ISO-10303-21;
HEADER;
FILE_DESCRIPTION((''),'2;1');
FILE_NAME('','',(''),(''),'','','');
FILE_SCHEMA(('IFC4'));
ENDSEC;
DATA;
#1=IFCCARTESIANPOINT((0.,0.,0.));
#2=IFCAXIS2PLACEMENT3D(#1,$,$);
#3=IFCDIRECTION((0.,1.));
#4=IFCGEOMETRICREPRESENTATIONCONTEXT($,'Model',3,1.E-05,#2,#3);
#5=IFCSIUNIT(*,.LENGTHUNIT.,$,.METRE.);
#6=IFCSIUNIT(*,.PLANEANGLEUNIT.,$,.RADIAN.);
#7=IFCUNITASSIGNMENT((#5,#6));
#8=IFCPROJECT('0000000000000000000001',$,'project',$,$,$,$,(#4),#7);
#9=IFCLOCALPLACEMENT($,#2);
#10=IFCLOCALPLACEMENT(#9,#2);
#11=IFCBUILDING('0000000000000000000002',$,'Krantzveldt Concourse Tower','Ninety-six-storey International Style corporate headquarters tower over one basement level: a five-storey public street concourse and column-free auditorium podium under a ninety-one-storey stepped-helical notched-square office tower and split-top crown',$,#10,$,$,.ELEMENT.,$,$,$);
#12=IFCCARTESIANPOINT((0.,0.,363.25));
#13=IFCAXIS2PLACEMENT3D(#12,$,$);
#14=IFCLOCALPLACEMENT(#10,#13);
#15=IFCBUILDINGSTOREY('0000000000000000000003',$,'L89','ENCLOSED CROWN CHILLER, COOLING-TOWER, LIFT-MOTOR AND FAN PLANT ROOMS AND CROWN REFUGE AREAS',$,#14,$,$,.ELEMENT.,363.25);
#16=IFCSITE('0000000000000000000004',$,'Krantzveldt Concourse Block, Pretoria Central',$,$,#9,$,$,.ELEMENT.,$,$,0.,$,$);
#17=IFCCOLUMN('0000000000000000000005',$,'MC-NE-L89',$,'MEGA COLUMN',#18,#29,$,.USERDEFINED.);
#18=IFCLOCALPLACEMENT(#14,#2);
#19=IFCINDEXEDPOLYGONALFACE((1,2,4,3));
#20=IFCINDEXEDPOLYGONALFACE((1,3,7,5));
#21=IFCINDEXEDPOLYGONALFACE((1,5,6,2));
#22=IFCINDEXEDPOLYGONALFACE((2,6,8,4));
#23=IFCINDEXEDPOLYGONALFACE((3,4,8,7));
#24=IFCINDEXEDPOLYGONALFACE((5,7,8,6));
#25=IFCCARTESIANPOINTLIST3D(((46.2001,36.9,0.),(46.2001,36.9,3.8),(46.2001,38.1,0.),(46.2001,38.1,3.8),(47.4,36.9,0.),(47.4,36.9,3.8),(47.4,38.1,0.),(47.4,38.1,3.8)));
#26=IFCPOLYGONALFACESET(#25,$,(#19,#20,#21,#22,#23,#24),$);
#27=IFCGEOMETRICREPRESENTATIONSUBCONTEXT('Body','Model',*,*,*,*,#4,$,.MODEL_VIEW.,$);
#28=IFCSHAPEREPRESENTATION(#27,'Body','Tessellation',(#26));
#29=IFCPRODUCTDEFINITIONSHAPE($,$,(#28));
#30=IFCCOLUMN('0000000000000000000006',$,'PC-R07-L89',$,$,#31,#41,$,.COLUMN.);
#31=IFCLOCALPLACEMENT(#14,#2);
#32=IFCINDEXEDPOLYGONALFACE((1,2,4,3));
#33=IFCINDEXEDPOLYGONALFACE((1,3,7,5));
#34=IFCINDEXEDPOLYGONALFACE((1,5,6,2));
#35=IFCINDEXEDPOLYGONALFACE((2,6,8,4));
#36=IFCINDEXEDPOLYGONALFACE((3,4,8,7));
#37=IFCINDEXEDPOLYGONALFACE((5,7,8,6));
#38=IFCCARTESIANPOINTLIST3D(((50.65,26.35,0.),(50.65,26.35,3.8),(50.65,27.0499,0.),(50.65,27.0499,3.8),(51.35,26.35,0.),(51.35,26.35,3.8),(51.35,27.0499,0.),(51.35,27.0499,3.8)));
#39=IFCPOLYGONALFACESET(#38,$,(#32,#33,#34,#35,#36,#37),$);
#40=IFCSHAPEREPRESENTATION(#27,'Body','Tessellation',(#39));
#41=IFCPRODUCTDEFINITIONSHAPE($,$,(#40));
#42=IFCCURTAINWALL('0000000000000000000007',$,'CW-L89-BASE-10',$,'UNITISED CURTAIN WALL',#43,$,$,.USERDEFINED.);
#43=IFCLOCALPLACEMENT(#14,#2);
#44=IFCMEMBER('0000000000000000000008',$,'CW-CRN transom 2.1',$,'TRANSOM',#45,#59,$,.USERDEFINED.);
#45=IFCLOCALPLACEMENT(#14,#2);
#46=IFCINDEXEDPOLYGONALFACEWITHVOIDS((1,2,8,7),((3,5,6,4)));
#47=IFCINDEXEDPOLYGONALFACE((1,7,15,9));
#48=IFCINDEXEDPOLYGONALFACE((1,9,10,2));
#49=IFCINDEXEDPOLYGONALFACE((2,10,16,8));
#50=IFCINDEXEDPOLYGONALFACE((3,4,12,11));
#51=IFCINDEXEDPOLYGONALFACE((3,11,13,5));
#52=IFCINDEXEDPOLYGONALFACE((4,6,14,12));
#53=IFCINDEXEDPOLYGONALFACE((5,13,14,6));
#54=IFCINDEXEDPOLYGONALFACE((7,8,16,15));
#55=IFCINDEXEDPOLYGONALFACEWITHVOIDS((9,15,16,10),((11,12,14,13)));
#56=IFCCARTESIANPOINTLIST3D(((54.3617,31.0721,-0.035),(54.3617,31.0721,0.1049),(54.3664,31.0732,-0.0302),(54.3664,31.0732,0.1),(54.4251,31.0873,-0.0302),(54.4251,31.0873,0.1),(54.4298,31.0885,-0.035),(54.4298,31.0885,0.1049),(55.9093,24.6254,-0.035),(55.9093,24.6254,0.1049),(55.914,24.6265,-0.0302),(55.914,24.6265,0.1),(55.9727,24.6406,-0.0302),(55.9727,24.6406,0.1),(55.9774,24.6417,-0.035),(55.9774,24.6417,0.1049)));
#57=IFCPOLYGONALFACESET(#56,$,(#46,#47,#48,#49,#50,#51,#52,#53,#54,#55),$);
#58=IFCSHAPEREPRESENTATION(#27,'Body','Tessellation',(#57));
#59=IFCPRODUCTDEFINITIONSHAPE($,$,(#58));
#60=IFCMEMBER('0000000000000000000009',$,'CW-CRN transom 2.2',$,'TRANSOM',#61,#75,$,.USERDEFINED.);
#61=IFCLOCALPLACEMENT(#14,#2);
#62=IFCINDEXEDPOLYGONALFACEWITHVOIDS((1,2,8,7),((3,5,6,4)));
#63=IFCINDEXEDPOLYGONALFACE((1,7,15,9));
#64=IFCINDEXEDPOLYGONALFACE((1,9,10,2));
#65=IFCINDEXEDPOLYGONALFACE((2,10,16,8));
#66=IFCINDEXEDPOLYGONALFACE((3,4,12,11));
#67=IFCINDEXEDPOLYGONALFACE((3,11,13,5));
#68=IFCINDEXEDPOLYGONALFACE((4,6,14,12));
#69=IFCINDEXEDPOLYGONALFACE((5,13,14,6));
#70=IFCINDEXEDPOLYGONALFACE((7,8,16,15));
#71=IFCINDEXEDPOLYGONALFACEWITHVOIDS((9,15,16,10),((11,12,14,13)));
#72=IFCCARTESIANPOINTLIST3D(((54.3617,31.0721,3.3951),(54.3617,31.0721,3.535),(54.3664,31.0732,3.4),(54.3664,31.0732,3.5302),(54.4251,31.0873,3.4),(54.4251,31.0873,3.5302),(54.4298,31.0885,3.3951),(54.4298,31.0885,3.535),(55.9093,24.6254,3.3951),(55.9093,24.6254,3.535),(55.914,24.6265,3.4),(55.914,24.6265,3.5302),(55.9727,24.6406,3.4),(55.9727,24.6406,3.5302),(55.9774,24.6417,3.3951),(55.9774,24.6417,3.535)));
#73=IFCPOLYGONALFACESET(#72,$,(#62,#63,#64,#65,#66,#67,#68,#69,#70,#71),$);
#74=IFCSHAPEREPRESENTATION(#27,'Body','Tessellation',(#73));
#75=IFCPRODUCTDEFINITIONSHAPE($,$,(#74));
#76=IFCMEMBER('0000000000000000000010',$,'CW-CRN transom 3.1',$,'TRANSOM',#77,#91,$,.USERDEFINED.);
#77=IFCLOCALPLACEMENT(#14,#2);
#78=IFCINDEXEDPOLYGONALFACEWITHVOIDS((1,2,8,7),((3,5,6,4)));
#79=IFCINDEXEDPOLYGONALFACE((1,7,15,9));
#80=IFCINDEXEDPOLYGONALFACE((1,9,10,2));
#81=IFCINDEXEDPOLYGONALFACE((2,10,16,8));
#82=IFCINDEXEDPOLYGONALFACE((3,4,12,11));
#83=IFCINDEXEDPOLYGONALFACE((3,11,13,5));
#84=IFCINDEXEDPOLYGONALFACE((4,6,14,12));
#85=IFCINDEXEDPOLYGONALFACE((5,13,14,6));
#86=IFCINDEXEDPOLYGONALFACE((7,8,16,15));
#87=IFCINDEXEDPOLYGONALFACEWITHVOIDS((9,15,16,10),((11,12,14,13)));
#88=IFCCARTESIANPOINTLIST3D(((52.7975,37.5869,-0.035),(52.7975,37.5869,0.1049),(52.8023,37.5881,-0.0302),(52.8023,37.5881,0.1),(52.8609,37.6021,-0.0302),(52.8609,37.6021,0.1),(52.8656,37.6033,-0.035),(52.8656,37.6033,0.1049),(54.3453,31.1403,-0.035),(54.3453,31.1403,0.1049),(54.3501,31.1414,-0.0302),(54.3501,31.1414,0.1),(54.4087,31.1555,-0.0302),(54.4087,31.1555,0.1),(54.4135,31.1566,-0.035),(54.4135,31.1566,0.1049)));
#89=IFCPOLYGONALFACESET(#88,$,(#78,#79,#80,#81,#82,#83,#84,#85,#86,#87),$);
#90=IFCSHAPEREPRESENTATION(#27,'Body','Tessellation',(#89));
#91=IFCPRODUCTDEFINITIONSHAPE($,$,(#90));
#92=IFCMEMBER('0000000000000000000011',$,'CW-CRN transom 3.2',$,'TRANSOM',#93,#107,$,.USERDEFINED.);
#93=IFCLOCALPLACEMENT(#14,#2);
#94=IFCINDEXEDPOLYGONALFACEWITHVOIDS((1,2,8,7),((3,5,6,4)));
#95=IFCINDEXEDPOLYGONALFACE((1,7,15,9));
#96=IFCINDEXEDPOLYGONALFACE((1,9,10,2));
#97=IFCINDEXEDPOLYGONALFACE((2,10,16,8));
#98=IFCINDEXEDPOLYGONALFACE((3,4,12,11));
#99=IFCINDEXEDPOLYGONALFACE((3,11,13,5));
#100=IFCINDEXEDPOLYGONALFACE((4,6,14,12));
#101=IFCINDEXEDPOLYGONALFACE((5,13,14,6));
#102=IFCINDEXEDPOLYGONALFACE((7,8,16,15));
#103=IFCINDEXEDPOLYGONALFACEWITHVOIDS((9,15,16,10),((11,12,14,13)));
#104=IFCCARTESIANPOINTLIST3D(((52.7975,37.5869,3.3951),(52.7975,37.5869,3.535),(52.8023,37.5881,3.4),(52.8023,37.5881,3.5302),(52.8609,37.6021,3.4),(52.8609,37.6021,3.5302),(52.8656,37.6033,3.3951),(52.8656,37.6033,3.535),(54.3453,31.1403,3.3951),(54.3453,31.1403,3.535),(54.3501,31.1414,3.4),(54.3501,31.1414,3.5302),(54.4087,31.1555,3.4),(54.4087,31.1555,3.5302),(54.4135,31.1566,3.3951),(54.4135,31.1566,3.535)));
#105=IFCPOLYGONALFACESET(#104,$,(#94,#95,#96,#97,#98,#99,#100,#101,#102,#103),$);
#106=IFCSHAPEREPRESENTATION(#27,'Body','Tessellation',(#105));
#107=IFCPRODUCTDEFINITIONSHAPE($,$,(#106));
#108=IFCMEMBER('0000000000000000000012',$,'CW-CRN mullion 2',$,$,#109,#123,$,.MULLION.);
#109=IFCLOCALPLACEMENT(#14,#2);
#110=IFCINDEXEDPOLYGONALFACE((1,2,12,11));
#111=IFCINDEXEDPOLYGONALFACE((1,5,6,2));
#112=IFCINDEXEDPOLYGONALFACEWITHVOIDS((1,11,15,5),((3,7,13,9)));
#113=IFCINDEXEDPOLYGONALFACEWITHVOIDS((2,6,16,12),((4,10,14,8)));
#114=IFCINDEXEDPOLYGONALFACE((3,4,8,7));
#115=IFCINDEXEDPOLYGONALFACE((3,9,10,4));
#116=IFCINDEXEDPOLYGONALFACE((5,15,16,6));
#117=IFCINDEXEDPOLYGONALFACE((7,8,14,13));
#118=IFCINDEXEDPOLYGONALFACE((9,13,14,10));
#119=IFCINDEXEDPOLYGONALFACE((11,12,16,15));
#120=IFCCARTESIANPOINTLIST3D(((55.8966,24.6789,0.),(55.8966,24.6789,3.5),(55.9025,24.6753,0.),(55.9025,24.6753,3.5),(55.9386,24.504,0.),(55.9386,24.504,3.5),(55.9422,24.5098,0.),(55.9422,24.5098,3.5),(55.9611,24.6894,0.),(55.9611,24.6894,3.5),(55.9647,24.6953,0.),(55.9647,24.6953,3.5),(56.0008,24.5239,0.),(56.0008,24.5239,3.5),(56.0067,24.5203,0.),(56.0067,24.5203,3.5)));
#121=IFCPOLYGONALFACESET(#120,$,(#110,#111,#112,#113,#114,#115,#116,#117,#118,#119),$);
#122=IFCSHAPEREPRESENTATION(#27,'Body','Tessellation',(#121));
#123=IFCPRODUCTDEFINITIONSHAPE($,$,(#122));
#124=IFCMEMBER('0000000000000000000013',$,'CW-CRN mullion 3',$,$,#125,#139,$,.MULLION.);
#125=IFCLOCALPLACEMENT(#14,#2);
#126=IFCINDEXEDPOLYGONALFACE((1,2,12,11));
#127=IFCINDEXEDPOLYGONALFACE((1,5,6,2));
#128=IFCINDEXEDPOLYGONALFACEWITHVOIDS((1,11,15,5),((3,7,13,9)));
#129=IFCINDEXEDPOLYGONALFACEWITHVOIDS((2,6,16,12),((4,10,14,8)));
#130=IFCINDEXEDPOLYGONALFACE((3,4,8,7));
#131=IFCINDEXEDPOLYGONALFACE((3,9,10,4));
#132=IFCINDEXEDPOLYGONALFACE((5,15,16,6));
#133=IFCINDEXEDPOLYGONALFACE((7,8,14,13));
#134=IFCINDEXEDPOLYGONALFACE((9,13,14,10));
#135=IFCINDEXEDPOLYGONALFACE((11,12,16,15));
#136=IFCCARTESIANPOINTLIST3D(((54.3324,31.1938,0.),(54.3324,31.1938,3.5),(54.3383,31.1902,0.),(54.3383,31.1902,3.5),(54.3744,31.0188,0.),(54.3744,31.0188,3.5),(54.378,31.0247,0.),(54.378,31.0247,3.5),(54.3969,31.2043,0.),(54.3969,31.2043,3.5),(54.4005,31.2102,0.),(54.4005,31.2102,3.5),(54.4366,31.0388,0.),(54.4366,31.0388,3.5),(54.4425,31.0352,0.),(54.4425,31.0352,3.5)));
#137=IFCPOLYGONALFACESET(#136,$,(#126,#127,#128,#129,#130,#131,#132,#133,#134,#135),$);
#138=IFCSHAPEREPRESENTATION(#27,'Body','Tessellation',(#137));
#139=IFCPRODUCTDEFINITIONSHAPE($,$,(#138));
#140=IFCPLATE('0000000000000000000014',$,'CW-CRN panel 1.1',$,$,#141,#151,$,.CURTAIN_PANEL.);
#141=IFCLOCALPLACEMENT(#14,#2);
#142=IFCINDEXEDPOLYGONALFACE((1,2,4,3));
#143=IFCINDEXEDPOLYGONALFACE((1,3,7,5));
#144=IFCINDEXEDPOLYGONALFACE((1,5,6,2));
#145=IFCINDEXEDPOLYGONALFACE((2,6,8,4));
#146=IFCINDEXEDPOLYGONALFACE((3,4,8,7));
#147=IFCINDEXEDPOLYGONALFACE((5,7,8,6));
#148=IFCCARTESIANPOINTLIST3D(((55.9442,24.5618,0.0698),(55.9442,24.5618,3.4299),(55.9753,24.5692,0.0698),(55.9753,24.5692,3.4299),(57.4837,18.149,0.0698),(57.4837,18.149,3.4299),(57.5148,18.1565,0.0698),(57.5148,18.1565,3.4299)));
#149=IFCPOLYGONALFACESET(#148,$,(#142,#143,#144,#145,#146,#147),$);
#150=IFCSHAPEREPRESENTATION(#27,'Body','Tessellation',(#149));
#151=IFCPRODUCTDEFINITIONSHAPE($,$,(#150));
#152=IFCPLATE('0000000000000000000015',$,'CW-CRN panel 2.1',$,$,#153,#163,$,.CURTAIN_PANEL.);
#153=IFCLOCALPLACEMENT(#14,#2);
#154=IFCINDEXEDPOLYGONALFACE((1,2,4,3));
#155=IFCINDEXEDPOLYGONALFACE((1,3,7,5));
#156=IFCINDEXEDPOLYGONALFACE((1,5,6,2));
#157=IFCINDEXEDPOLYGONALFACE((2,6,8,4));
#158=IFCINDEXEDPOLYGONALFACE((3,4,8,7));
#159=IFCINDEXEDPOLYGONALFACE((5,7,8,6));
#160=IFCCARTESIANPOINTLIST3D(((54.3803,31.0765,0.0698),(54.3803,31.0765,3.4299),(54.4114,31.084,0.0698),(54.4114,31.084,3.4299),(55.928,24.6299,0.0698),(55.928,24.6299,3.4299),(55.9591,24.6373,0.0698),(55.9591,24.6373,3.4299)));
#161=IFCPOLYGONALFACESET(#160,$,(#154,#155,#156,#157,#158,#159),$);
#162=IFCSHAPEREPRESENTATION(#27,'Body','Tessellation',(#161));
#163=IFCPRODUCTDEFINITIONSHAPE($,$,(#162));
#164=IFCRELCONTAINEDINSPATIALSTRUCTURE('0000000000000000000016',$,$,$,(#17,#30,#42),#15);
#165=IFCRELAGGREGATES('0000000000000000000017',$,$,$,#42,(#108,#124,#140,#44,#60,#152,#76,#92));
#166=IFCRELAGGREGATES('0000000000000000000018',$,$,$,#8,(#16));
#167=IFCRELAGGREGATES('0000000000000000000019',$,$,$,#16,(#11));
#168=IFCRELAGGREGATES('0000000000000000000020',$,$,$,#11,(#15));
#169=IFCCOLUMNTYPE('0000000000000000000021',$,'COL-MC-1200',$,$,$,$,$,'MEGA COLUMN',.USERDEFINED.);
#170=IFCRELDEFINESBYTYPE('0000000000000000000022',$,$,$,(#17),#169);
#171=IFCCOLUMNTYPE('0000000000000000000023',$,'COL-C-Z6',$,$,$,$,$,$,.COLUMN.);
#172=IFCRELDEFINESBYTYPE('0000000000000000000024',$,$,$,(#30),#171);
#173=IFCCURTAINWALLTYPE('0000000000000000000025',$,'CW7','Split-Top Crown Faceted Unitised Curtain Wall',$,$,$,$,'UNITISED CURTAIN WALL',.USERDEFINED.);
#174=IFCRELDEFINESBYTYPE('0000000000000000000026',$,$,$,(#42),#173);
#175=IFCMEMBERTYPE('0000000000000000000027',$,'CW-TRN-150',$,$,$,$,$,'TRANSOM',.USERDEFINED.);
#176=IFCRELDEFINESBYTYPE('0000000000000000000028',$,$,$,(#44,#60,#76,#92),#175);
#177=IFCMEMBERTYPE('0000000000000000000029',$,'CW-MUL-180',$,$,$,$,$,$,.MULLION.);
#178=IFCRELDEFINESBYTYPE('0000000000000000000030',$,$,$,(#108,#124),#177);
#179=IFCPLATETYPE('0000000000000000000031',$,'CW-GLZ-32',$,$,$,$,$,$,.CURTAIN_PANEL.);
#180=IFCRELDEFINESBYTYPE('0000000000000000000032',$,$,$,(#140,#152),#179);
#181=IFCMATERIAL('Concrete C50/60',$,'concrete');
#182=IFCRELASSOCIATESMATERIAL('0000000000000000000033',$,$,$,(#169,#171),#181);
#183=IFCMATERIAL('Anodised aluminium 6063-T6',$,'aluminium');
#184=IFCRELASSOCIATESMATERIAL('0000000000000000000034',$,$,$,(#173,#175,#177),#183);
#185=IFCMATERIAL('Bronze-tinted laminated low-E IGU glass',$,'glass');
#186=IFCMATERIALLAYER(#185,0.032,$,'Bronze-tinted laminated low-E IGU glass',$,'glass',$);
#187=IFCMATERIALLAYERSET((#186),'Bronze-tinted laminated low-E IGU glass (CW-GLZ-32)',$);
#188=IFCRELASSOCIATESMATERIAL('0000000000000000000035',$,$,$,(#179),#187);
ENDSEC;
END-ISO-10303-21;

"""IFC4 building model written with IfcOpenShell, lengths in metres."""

from ifc_helpers import new_model, si_unit, direction, frame, origin, origin_2d, place, context, subcontext, project, spatial, rectangle, hollow_rectangle, extrude, source, transform, mapped, material, layer, layer_set, material_profile, profile_set, type_object, type_shapes, element, aggregate, save


model = new_model("IFC4")

# Units and contexts
model_context = context("Model", 3, precision=1e-05, world=origin(), true_north=direction((0.0, 1.0)))
body_context = subcontext(model_context, "Body", "Model", "MODEL_VIEW")
ifc_project = project(units=[si_unit("LENGTHUNIT", "METRE"), si_unit("PLANEANGLEUNIT", "RADIAN")], contexts=[model_context])

# Site, building, storey
site_placement = place(None, origin())
site = spatial("IfcSite", under=ifc_project, at=site_placement, Name="Krantzveldt Concourse Block, Pretoria Central", CompositionType="ELEMENT", RefElevation=0.0)
building_placement = place(site_placement, origin())
building = spatial("IfcBuilding", under=site, at=building_placement, Name="Krantzveldt Concourse Tower", Description="Ninety-six-storey International Style corporate headquarters tower over one basement level: a five-storey public street concourse and column-free auditorium podium under a ninety-one-storey stepped-helical notched-square office tower and split-top crown", CompositionType="ELEMENT")
storey_placement = place(building_placement, frame((0.0, 0.0, 363.25)))
storey = spatial("IfcBuildingStorey", under=building, at=storey_placement, Name="L89", Description="ENCLOSED CROWN CHILLER, COOLING-TOWER, LIFT-MOTOR AND FAN PLANT ROOMS AND CROWN REFUGE AREAS", CompositionType="ELEMENT", Elevation=363.25)

# Columns
ifc_material_1 = material(Name="Concrete C50/60", Category="concrete")
ifc_material_profile_1 = material_profile(ifc_material_1, rectangle(XDim=1.2, YDim=1.2, at=origin_2d()), Name="Concrete C50/60", Category="concrete")
ifc_profile_set_1 = profile_set([ifc_material_profile_1], Name="Concrete C50/60 - RC 1200x1200")
column_type_1 = type_object("IfcColumnType", Name="COL-MC-1200", ElementType="MEGA COLUMN", PredefinedType="USERDEFINED", material=ifc_profile_set_1)
shared_shape_1 = source(origin(), body_context, "Body", "SweptSolid", [
    extrude(rectangle(XDim=1.2, YDim=1.2, at=origin_2d()), origin(), (0.0, 0.0, 1.0), 3.8),
])
type_shapes(column_type_1, [shared_shape_1])
column_1_placement = place(storey_placement, frame((46.8, 37.5, 0.0), z_axis=(0.0, 0.0, 1.0), x_axis=(1.0, 0.0, 0.0)))
element("IfcColumn", 1, at=column_1_placement, inside=storey, type_object=column_type_1, Name="MC-NE-L89", ObjectType="MEGA COLUMN", PredefinedType="USERDEFINED", context=body_context, shape_type="MappedRepresentation", body=[
    mapped(shared_shape_1, transform((0.0, 0.0, 0.0), x_axis=(1.0, 0.0, 0.0), y_axis=(0.0, 1.0, 0.0), z_axis=(0.0, 0.0, 1.0), scale=1.0)),
])
ifc_material_profile_2 = material_profile(ifc_material_1, rectangle(XDim=0.7, YDim=0.7, at=origin_2d()), Name="Concrete C50/60", Category="concrete")
ifc_profile_set_2 = profile_set([ifc_material_profile_2], Name="Concrete C50/60 - RC 700x700")
column_type_2 = type_object("IfcColumnType", Name="COL-C-Z6", PredefinedType="COLUMN", material=ifc_profile_set_2)
shared_shape_2 = source(origin(), body_context, "Body", "SweptSolid", [
    extrude(rectangle(XDim=0.7, YDim=0.7, at=origin_2d()), origin(), (0.0, 0.0, 1.0), 3.8),
])
type_shapes(column_type_2, [shared_shape_2])
column_2_placement = place(storey_placement, frame((51.0, 26.7, 0.0), z_axis=(0.0, 0.0, 1.0), x_axis=(1.0, 0.0, 0.0)))
element("IfcColumn", 2, at=column_2_placement, inside=storey, type_object=column_type_2, Name="PC-R07-L89", PredefinedType="COLUMN", context=body_context, shape_type="MappedRepresentation", body=[
    mapped(shared_shape_2, transform((0.0, 0.0, 0.0), x_axis=(1.0, 0.0, 0.0), y_axis=(0.0, 1.0, 0.0), z_axis=(0.0, 0.0, 1.0), scale=1.0)),
])

# Curtain wall, members, plates
ifc_material_2 = material(Name="Anodised aluminium 6063-T6", Category="aluminium")
curtain_wall_type = type_object("IfcCurtainWallType", Name="CW7", Description="Split-Top Crown Faceted Unitised Curtain Wall", ElementType="UNITISED CURTAIN WALL", PredefinedType="USERDEFINED", material=ifc_material_2)
curtain_wall_placement = place(storey_placement, origin())
curtain_wall = element("IfcCurtainWall", 3, at=curtain_wall_placement, inside=storey, type_object=curtain_wall_type, Name="CW-L89-BASE-10", ObjectType="UNITISED CURTAIN WALL", PredefinedType="USERDEFINED")
ifc_material_profile_3 = material_profile(ifc_material_2, hollow_rectangle(XDim=0.0701, YDim=0.1399, WallThickness=0.0049, at=origin_2d()), Name="Anodised aluminium 6063-T6", Category="aluminium")
ifc_profile_set_3 = profile_set([ifc_material_profile_3], Name="Anodised aluminium 6063-T6 - ALU-TRAN 140x70x5")
member_type_1 = type_object("IfcMemberType", Name="CW-TRN-150", ElementType="TRANSOM", PredefinedType="USERDEFINED", material=ifc_profile_set_3)
shared_shape_3 = source(origin(), body_context, "Body", "SweptSolid", [
    extrude(hollow_rectangle(XDim=0.0701, YDim=0.1399, WallThickness=0.0049, at=origin_2d()), origin(), (0.0, 0.0, 1.0), 6.6299),
])
type_shapes(member_type_1, [shared_shape_3])
member_1_placement = place(storey_placement, frame((55.9434, 24.6335, 0.0349), z_axis=(-0.233427, 0.972374, 0.0), x_axis=(-0.972374, -0.233427, 0.0)))
member_1 = element("IfcMember", 4, at=member_1_placement, type_object=member_type_1, Name="CW-CRN transom 2.1", ObjectType="TRANSOM", PredefinedType="USERDEFINED", context=body_context, shape_type="MappedRepresentation", body=[
    mapped(shared_shape_3, transform((0.0, 0.0, 0.0), x_axis=(1.0, 0.0, 0.0), y_axis=(0.0, 1.0, 0.0), z_axis=(0.0, 0.0, 1.0), scale=1.0)),
])
member_2_placement = place(storey_placement, frame((55.9434, 24.6335, 3.4651), z_axis=(-0.233427, 0.972374, 0.0), x_axis=(-0.972374, -0.233427, 0.0)))
member_2 = element("IfcMember", 5, at=member_2_placement, type_object=member_type_1, Name="CW-CRN transom 2.2", ObjectType="TRANSOM", PredefinedType="USERDEFINED", context=body_context, shape_type="MappedRepresentation", body=[
    mapped(shared_shape_3, transform((0.0, 0.0, 0.0), x_axis=(1.0, 0.0, 0.0), y_axis=(0.0, 1.0, 0.0), z_axis=(0.0, 0.0, 1.0), scale=1.0)),
])
member_3_placement = place(storey_placement, frame((54.3794, 31.1484, 0.0349), z_axis=(-0.233462, 0.972366, 0.0), x_axis=(-0.972366, -0.233462, 0.0)))
member_3 = element("IfcMember", 6, at=member_3_placement, type_object=member_type_1, Name="CW-CRN transom 3.1", ObjectType="TRANSOM", PredefinedType="USERDEFINED", context=body_context, shape_type="MappedRepresentation", body=[
    mapped(shared_shape_3, transform((0.0, 0.0, 0.0), x_axis=(1.0, 0.0, 0.0), y_axis=(0.0, 1.0, 0.0), z_axis=(0.0, 0.0, 1.0), scale=1.0)),
])
member_4_placement = place(storey_placement, frame((54.3794, 31.1484, 3.4651), z_axis=(-0.233462, 0.972366, 0.0), x_axis=(-0.972366, -0.233462, 0.0)))
member_4 = element("IfcMember", 7, at=member_4_placement, type_object=member_type_1, Name="CW-CRN transom 3.2", ObjectType="TRANSOM", PredefinedType="USERDEFINED", context=body_context, shape_type="MappedRepresentation", body=[
    mapped(shared_shape_3, transform((0.0, 0.0, 0.0), x_axis=(1.0, 0.0, 0.0), y_axis=(0.0, 1.0, 0.0), z_axis=(0.0, 0.0, 1.0), scale=1.0)),
])
ifc_material_profile_4 = material_profile(ifc_material_2, hollow_rectangle(XDim=0.0701, YDim=0.1799, WallThickness=0.0049, at=origin_2d()), Name="Anodised aluminium 6063-T6", Category="aluminium")
ifc_profile_set_4 = profile_set([ifc_material_profile_4], Name="Anodised aluminium 6063-T6 - ALU-MULL 180x70x5")
member_type_2 = type_object("IfcMemberType", Name="CW-MUL-180", PredefinedType="MULLION", material=ifc_profile_set_4)
shared_shape_4 = source(origin(), body_context, "Body", "SweptSolid", [
    extrude(hollow_rectangle(XDim=0.0701, YDim=0.1799, WallThickness=0.0049, at=origin_2d()), origin(), (0.0, 0.0, 1.0), 3.5),
])
type_shapes(member_type_2, [shared_shape_4])
member_5_placement = place(storey_placement, frame((55.9517, 24.5996, 0.0), z_axis=(0.0, 0.0, 1.0), x_axis=(-0.97237, -0.233445, 0.0)))
member_5 = element("IfcMember", 8, at=member_5_placement, type_object=member_type_2, Name="CW-CRN mullion 2", PredefinedType="MULLION", context=body_context, shape_type="MappedRepresentation", body=[
    mapped(shared_shape_4, transform((0.0, 0.0, 0.0), x_axis=(1.0, 0.0, 0.0), y_axis=(0.0, 1.0, 0.0), z_axis=(0.0, 0.0, 1.0), scale=1.0)),
])
member_6_placement = place(storey_placement, frame((54.3875, 31.1145, 0.0), z_axis=(0.0, 0.0, 1.0), x_axis=(-0.97237, -0.233445, 0.0)))
member_6 = element("IfcMember", 9, at=member_6_placement, type_object=member_type_2, Name="CW-CRN mullion 3", PredefinedType="MULLION", context=body_context, shape_type="MappedRepresentation", body=[
    mapped(shared_shape_4, transform((0.0, 0.0, 0.0), x_axis=(1.0, 0.0, 0.0), y_axis=(0.0, 1.0, 0.0), z_axis=(0.0, 0.0, 1.0), scale=1.0)),
])
ifc_material_3 = material(Name="Bronze-tinted laminated low-E IGU glass", Category="glass")
ifc_layer_1 = layer(ifc_material_3, 0.032, Name="Bronze-tinted laminated low-E IGU glass", Category="glass")
ifc_layer_set_1 = layer_set([ifc_layer_1], Name="Bronze-tinted laminated low-E IGU glass (CW-GLZ-32)")
plate_type = type_object("IfcPlateType", Name="CW-GLZ-32", PredefinedType="CURTAIN_PANEL", material=ifc_layer_set_1)
shared_shape_5 = source(origin(), body_context, "Body", "SweptSolid", [
    extrude(rectangle(XDim=6.595, YDim=0.032, at=origin_2d()), origin(), (0.0, 0.0, 1.0), 3.3601),
])
plate_1_placement = place(storey_placement, frame((56.7295, 21.3591, 0.0698), z_axis=(0.0, 0.0, 1.0), x_axis=(-0.233445, 0.97237, 0.0)))
plate_1 = element("IfcPlate", 10, at=plate_1_placement, type_object=plate_type, Name="CW-CRN panel 1.1", PredefinedType="CURTAIN_PANEL", context=body_context, shape_type="MappedRepresentation", body=[
    mapped(shared_shape_5, transform((0.0, 0.0, 0.0), x_axis=(1.0, 0.0, 0.0), y_axis=(0.0, 1.0, 0.0), z_axis=(0.0, 0.0, 1.0), scale=1.0)),
])
shared_shape_6 = source(origin(), body_context, "Body", "SweptSolid", [
    extrude(rectangle(XDim=6.6299, YDim=0.032, at=origin_2d()), origin(), (0.0, 0.0, 1.0), 3.3601),
])
type_shapes(plate_type, [shared_shape_5, shared_shape_6])
plate_2_placement = place(storey_placement, frame((55.1697, 27.8569, 0.0698), z_axis=(0.0, 0.0, 1.0), x_axis=(-0.233445, 0.97237, 0.0)))
plate_2 = element("IfcPlate", 11, at=plate_2_placement, type_object=plate_type, Name="CW-CRN panel 2.1", PredefinedType="CURTAIN_PANEL", context=body_context, shape_type="MappedRepresentation", body=[
    mapped(shared_shape_6, transform((0.0, 0.0, 0.0), x_axis=(1.0, 0.0, 0.0), y_axis=(0.0, 1.0, 0.0), z_axis=(0.0, 0.0, 1.0), scale=1.0)),
])
aggregate(curtain_wall, [member_5, member_6, plate_1, member_1, member_2, plate_2, member_3, member_4])

save(model, "model.ifc")
